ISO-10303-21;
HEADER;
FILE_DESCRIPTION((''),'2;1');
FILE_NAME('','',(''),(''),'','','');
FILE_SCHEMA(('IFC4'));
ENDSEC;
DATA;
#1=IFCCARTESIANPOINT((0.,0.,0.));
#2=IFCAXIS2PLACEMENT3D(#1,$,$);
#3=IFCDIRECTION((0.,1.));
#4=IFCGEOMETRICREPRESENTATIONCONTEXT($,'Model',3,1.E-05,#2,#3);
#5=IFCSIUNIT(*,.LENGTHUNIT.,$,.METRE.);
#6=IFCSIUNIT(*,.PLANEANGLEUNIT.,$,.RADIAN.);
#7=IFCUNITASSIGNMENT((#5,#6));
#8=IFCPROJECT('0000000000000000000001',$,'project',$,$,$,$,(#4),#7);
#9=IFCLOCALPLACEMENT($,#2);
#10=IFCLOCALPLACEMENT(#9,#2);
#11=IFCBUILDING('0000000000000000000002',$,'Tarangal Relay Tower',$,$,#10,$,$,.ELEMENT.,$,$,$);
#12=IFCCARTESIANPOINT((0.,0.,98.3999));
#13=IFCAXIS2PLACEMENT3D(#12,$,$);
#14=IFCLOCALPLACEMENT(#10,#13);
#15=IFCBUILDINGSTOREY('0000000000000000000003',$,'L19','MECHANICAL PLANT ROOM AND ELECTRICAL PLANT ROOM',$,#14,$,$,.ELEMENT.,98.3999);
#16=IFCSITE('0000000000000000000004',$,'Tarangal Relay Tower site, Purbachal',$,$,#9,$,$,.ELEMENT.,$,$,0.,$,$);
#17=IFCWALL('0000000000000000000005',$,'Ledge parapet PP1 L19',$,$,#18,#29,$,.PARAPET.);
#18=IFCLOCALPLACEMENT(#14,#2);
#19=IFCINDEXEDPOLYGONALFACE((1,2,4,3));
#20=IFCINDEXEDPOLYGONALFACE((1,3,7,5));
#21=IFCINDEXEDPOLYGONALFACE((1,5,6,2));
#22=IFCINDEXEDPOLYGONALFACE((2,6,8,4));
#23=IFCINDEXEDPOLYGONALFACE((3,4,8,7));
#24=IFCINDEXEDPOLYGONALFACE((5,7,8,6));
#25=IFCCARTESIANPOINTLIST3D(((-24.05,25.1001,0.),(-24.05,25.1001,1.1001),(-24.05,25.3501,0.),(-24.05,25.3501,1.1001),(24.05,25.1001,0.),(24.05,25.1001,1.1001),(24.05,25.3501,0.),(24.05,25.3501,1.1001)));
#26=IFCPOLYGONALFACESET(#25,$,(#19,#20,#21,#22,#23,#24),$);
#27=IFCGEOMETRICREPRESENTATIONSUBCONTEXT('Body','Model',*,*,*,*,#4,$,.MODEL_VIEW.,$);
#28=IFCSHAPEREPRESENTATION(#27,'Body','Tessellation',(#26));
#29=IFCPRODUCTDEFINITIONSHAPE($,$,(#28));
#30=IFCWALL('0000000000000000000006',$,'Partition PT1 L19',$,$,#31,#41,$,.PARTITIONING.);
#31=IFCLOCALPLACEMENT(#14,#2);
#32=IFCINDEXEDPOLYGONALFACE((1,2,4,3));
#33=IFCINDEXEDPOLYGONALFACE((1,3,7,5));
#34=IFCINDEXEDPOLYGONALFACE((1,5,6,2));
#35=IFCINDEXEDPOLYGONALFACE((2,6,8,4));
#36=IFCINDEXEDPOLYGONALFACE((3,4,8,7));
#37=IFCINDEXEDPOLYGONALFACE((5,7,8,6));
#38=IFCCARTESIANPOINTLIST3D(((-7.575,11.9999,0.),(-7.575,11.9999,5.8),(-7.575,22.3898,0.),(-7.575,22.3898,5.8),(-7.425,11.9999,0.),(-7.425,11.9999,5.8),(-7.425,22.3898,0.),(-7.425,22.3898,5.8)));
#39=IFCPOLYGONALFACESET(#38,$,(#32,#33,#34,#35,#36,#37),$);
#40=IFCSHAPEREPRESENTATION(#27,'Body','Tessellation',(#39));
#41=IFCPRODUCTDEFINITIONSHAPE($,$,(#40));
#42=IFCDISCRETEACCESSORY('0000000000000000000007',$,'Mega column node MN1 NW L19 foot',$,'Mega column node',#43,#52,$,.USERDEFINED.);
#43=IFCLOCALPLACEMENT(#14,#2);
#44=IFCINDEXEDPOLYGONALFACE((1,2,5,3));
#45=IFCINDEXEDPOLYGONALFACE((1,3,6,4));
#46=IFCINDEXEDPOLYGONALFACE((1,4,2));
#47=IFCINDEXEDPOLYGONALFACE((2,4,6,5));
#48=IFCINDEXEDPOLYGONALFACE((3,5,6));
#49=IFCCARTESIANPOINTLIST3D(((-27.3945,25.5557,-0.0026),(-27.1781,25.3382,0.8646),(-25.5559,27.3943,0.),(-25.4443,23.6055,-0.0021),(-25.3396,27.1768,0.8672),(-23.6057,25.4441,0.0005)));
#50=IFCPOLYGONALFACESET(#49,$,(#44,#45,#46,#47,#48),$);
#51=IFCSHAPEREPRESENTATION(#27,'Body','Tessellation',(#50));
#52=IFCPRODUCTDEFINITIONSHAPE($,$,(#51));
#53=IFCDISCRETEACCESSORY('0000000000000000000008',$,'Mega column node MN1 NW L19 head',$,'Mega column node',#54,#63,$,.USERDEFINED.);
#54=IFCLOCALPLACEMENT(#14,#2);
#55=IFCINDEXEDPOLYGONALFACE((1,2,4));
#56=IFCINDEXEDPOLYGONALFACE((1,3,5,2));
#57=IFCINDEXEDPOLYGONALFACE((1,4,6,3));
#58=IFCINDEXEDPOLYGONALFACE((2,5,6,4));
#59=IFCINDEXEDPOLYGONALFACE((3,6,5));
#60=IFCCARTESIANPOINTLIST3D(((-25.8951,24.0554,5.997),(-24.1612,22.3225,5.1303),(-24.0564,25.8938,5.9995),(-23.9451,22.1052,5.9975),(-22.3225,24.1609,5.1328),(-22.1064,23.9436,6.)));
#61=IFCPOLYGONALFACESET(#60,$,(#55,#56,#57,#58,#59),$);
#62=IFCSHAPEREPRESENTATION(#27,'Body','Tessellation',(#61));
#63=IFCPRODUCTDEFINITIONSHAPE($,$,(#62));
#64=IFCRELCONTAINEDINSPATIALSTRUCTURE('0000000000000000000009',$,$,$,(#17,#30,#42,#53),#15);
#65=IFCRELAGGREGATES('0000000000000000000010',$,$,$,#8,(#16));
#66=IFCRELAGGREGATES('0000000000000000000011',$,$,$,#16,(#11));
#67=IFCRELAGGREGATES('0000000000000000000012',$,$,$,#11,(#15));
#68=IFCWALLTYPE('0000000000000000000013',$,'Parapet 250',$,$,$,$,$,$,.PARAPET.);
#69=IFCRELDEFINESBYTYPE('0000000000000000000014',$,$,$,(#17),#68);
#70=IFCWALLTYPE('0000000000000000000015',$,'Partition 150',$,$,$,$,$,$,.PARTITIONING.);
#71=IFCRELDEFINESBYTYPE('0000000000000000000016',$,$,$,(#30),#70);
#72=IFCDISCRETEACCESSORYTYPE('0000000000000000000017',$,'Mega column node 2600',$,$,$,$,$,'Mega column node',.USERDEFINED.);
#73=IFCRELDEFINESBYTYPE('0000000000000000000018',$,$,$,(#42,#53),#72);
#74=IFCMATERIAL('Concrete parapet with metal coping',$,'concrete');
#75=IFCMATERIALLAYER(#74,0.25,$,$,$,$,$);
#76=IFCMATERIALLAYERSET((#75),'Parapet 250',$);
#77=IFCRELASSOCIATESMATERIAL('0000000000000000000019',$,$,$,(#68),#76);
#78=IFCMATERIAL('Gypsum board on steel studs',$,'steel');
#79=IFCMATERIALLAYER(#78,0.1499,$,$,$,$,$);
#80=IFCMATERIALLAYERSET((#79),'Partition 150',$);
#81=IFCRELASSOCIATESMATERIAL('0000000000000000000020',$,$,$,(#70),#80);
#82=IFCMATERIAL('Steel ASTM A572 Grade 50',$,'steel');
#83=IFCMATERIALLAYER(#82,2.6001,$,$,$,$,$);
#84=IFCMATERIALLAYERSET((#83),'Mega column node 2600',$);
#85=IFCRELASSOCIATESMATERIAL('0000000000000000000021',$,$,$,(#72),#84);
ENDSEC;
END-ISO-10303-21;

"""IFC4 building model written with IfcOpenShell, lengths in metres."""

from ifc_helpers import new_model, si_unit, direction, frame, frame_2d, origin, place, context, subcontext, project, spatial, polyline, rectangle, outline, extrude, material, layer, layer_set, type_object, element, save


model = new_model("IFC4")

# Units and contexts
model_context = context("Model", 3, precision=1e-05, world=origin(), true_north=direction((0.0, 1.0)))
body_context = subcontext(model_context, "Body", "Model", "MODEL_VIEW")
ifc_project = project(units=[si_unit("LENGTHUNIT", "METRE"), si_unit("PLANEANGLEUNIT", "RADIAN")], contexts=[model_context])

# Site, building, storey
site_placement = place(None, origin())
site = spatial("IfcSite", under=ifc_project, at=site_placement, Name="Tarangal Relay Tower site, Purbachal", CompositionType="ELEMENT", RefElevation=0.0)
building_placement = place(site_placement, origin())
building = spatial("IfcBuilding", under=site, at=building_placement, Name="Tarangal Relay Tower", CompositionType="ELEMENT")
storey_placement = place(building_placement, frame((0.0, 0.0, 98.3999)))
storey = spatial("IfcBuildingStorey", under=building, at=storey_placement, Name="L19", Description="MECHANICAL PLANT ROOM AND ELECTRICAL PLANT ROOM", CompositionType="ELEMENT", Elevation=98.3999)

# Shared definitions
ifc_material_1 = material(Name="Steel ASTM A572 Grade 50", Category="steel")

# Walls
ifc_material_2 = material(Name="Concrete parapet with metal coping", Category="concrete")
ifc_layer_1 = layer(ifc_material_2, 0.25)
ifc_layer_set_1 = layer_set([ifc_layer_1], Name="Parapet 250")
wall_type_1 = type_object("IfcWallType", Name="Parapet 250", PredefinedType="PARAPET", material=ifc_layer_set_1)
wall_1_placement = place(storey_placement, frame((-24.05, 25.2251, 0.0), z_axis=(0.0, 0.0, 1.0), x_axis=(1.0, 0.0, 0.0)))
element("IfcWall", 1, at=wall_1_placement, inside=storey, type_object=wall_type_1, Name="Ledge parapet PP1 L19", PredefinedType="PARAPET", context=body_context, shape_type="SweptSolid", body=[
    extrude(rectangle(XDim=48.1001, YDim=0.25, at=frame_2d((24.05, 0.0))), origin(), (0.0, 0.0, 1.0), 1.1001),
])
ifc_material_3 = material(Name="Gypsum board on steel studs", Category="steel")
ifc_layer_2 = layer(ifc_material_3, 0.1499)
ifc_layer_set_2 = layer_set([ifc_layer_2], Name="Partition 150")
wall_type_2 = type_object("IfcWallType", Name="Partition 150", PredefinedType="PARTITIONING", material=ifc_layer_set_2)
wall_2_placement = place(storey_placement, frame((-7.5, 12.0, 0.0), z_axis=(0.0, 0.0, 1.0), x_axis=(0.0, 1.0, 0.0)))
element("IfcWall", 2, at=wall_2_placement, inside=storey, type_object=wall_type_2, Name="Partition PT1 L19", PredefinedType="PARTITIONING", context=body_context, shape_type="SweptSolid", body=[
    extrude(rectangle(XDim=10.3899, YDim=0.1499, at=frame_2d((5.1948, 0.0))), origin(), (0.0, 0.0, 1.0), 5.8),
])

# Discrete accessories
ifc_layer_3 = layer(ifc_material_1, 2.6001)
ifc_layer_set_3 = layer_set([ifc_layer_3], Name="Mega column node 2600")
discrete_accessory_type = type_object("IfcDiscreteAccessoryType", Name="Mega column node 2600", ElementType="Mega column node", PredefinedType="USERDEFINED", material=ifc_layer_set_3)
discrete_accessory_1_placement = place(storey_placement, frame((-23.6057, 25.4441, 0.0005), z_axis=(0.707106, 0.707107, 0.000995), x_axis=(-0.666896, 0.666427, 0.333354)))
element("IfcDiscreteAccessory", 3, at=discrete_accessory_1_placement, inside=storey, type_object=discrete_accessory_type, Name="Mega column node MN1 NW L19 foot", ObjectType="Mega column node", PredefinedType="USERDEFINED", context=body_context, shape_type="SweptSolid", body=[
    extrude(outline(polyline([(0.0, 0.0), (2.5999, 0.0), (2.6001, -0.9198), (0.0, 0.0)])), origin(), (0.0, 0.0, -1.0), 2.6001),
])
discrete_accessory_2_placement = place(storey_placement, frame((-24.0564, 25.8938, 5.9995), z_axis=(0.707151, 0.707062, 0.000973), x_axis=(0.666854, -0.666479, -0.333333)))
element("IfcDiscreteAccessory", 4, at=discrete_accessory_2_placement, inside=storey, type_object=discrete_accessory_type, Name="Mega column node MN1 NW L19 head", ObjectType="Mega column node", PredefinedType="USERDEFINED", context=body_context, shape_type="SweptSolid", body=[
    extrude(outline(polyline([(0.0, 0.0), (2.6001, 0.0), (2.5999, -0.9197), (0.0, 0.0)])), origin(), (0.0, 0.0, -1.0), 2.6001),
])

save(model, "model.ifc")
